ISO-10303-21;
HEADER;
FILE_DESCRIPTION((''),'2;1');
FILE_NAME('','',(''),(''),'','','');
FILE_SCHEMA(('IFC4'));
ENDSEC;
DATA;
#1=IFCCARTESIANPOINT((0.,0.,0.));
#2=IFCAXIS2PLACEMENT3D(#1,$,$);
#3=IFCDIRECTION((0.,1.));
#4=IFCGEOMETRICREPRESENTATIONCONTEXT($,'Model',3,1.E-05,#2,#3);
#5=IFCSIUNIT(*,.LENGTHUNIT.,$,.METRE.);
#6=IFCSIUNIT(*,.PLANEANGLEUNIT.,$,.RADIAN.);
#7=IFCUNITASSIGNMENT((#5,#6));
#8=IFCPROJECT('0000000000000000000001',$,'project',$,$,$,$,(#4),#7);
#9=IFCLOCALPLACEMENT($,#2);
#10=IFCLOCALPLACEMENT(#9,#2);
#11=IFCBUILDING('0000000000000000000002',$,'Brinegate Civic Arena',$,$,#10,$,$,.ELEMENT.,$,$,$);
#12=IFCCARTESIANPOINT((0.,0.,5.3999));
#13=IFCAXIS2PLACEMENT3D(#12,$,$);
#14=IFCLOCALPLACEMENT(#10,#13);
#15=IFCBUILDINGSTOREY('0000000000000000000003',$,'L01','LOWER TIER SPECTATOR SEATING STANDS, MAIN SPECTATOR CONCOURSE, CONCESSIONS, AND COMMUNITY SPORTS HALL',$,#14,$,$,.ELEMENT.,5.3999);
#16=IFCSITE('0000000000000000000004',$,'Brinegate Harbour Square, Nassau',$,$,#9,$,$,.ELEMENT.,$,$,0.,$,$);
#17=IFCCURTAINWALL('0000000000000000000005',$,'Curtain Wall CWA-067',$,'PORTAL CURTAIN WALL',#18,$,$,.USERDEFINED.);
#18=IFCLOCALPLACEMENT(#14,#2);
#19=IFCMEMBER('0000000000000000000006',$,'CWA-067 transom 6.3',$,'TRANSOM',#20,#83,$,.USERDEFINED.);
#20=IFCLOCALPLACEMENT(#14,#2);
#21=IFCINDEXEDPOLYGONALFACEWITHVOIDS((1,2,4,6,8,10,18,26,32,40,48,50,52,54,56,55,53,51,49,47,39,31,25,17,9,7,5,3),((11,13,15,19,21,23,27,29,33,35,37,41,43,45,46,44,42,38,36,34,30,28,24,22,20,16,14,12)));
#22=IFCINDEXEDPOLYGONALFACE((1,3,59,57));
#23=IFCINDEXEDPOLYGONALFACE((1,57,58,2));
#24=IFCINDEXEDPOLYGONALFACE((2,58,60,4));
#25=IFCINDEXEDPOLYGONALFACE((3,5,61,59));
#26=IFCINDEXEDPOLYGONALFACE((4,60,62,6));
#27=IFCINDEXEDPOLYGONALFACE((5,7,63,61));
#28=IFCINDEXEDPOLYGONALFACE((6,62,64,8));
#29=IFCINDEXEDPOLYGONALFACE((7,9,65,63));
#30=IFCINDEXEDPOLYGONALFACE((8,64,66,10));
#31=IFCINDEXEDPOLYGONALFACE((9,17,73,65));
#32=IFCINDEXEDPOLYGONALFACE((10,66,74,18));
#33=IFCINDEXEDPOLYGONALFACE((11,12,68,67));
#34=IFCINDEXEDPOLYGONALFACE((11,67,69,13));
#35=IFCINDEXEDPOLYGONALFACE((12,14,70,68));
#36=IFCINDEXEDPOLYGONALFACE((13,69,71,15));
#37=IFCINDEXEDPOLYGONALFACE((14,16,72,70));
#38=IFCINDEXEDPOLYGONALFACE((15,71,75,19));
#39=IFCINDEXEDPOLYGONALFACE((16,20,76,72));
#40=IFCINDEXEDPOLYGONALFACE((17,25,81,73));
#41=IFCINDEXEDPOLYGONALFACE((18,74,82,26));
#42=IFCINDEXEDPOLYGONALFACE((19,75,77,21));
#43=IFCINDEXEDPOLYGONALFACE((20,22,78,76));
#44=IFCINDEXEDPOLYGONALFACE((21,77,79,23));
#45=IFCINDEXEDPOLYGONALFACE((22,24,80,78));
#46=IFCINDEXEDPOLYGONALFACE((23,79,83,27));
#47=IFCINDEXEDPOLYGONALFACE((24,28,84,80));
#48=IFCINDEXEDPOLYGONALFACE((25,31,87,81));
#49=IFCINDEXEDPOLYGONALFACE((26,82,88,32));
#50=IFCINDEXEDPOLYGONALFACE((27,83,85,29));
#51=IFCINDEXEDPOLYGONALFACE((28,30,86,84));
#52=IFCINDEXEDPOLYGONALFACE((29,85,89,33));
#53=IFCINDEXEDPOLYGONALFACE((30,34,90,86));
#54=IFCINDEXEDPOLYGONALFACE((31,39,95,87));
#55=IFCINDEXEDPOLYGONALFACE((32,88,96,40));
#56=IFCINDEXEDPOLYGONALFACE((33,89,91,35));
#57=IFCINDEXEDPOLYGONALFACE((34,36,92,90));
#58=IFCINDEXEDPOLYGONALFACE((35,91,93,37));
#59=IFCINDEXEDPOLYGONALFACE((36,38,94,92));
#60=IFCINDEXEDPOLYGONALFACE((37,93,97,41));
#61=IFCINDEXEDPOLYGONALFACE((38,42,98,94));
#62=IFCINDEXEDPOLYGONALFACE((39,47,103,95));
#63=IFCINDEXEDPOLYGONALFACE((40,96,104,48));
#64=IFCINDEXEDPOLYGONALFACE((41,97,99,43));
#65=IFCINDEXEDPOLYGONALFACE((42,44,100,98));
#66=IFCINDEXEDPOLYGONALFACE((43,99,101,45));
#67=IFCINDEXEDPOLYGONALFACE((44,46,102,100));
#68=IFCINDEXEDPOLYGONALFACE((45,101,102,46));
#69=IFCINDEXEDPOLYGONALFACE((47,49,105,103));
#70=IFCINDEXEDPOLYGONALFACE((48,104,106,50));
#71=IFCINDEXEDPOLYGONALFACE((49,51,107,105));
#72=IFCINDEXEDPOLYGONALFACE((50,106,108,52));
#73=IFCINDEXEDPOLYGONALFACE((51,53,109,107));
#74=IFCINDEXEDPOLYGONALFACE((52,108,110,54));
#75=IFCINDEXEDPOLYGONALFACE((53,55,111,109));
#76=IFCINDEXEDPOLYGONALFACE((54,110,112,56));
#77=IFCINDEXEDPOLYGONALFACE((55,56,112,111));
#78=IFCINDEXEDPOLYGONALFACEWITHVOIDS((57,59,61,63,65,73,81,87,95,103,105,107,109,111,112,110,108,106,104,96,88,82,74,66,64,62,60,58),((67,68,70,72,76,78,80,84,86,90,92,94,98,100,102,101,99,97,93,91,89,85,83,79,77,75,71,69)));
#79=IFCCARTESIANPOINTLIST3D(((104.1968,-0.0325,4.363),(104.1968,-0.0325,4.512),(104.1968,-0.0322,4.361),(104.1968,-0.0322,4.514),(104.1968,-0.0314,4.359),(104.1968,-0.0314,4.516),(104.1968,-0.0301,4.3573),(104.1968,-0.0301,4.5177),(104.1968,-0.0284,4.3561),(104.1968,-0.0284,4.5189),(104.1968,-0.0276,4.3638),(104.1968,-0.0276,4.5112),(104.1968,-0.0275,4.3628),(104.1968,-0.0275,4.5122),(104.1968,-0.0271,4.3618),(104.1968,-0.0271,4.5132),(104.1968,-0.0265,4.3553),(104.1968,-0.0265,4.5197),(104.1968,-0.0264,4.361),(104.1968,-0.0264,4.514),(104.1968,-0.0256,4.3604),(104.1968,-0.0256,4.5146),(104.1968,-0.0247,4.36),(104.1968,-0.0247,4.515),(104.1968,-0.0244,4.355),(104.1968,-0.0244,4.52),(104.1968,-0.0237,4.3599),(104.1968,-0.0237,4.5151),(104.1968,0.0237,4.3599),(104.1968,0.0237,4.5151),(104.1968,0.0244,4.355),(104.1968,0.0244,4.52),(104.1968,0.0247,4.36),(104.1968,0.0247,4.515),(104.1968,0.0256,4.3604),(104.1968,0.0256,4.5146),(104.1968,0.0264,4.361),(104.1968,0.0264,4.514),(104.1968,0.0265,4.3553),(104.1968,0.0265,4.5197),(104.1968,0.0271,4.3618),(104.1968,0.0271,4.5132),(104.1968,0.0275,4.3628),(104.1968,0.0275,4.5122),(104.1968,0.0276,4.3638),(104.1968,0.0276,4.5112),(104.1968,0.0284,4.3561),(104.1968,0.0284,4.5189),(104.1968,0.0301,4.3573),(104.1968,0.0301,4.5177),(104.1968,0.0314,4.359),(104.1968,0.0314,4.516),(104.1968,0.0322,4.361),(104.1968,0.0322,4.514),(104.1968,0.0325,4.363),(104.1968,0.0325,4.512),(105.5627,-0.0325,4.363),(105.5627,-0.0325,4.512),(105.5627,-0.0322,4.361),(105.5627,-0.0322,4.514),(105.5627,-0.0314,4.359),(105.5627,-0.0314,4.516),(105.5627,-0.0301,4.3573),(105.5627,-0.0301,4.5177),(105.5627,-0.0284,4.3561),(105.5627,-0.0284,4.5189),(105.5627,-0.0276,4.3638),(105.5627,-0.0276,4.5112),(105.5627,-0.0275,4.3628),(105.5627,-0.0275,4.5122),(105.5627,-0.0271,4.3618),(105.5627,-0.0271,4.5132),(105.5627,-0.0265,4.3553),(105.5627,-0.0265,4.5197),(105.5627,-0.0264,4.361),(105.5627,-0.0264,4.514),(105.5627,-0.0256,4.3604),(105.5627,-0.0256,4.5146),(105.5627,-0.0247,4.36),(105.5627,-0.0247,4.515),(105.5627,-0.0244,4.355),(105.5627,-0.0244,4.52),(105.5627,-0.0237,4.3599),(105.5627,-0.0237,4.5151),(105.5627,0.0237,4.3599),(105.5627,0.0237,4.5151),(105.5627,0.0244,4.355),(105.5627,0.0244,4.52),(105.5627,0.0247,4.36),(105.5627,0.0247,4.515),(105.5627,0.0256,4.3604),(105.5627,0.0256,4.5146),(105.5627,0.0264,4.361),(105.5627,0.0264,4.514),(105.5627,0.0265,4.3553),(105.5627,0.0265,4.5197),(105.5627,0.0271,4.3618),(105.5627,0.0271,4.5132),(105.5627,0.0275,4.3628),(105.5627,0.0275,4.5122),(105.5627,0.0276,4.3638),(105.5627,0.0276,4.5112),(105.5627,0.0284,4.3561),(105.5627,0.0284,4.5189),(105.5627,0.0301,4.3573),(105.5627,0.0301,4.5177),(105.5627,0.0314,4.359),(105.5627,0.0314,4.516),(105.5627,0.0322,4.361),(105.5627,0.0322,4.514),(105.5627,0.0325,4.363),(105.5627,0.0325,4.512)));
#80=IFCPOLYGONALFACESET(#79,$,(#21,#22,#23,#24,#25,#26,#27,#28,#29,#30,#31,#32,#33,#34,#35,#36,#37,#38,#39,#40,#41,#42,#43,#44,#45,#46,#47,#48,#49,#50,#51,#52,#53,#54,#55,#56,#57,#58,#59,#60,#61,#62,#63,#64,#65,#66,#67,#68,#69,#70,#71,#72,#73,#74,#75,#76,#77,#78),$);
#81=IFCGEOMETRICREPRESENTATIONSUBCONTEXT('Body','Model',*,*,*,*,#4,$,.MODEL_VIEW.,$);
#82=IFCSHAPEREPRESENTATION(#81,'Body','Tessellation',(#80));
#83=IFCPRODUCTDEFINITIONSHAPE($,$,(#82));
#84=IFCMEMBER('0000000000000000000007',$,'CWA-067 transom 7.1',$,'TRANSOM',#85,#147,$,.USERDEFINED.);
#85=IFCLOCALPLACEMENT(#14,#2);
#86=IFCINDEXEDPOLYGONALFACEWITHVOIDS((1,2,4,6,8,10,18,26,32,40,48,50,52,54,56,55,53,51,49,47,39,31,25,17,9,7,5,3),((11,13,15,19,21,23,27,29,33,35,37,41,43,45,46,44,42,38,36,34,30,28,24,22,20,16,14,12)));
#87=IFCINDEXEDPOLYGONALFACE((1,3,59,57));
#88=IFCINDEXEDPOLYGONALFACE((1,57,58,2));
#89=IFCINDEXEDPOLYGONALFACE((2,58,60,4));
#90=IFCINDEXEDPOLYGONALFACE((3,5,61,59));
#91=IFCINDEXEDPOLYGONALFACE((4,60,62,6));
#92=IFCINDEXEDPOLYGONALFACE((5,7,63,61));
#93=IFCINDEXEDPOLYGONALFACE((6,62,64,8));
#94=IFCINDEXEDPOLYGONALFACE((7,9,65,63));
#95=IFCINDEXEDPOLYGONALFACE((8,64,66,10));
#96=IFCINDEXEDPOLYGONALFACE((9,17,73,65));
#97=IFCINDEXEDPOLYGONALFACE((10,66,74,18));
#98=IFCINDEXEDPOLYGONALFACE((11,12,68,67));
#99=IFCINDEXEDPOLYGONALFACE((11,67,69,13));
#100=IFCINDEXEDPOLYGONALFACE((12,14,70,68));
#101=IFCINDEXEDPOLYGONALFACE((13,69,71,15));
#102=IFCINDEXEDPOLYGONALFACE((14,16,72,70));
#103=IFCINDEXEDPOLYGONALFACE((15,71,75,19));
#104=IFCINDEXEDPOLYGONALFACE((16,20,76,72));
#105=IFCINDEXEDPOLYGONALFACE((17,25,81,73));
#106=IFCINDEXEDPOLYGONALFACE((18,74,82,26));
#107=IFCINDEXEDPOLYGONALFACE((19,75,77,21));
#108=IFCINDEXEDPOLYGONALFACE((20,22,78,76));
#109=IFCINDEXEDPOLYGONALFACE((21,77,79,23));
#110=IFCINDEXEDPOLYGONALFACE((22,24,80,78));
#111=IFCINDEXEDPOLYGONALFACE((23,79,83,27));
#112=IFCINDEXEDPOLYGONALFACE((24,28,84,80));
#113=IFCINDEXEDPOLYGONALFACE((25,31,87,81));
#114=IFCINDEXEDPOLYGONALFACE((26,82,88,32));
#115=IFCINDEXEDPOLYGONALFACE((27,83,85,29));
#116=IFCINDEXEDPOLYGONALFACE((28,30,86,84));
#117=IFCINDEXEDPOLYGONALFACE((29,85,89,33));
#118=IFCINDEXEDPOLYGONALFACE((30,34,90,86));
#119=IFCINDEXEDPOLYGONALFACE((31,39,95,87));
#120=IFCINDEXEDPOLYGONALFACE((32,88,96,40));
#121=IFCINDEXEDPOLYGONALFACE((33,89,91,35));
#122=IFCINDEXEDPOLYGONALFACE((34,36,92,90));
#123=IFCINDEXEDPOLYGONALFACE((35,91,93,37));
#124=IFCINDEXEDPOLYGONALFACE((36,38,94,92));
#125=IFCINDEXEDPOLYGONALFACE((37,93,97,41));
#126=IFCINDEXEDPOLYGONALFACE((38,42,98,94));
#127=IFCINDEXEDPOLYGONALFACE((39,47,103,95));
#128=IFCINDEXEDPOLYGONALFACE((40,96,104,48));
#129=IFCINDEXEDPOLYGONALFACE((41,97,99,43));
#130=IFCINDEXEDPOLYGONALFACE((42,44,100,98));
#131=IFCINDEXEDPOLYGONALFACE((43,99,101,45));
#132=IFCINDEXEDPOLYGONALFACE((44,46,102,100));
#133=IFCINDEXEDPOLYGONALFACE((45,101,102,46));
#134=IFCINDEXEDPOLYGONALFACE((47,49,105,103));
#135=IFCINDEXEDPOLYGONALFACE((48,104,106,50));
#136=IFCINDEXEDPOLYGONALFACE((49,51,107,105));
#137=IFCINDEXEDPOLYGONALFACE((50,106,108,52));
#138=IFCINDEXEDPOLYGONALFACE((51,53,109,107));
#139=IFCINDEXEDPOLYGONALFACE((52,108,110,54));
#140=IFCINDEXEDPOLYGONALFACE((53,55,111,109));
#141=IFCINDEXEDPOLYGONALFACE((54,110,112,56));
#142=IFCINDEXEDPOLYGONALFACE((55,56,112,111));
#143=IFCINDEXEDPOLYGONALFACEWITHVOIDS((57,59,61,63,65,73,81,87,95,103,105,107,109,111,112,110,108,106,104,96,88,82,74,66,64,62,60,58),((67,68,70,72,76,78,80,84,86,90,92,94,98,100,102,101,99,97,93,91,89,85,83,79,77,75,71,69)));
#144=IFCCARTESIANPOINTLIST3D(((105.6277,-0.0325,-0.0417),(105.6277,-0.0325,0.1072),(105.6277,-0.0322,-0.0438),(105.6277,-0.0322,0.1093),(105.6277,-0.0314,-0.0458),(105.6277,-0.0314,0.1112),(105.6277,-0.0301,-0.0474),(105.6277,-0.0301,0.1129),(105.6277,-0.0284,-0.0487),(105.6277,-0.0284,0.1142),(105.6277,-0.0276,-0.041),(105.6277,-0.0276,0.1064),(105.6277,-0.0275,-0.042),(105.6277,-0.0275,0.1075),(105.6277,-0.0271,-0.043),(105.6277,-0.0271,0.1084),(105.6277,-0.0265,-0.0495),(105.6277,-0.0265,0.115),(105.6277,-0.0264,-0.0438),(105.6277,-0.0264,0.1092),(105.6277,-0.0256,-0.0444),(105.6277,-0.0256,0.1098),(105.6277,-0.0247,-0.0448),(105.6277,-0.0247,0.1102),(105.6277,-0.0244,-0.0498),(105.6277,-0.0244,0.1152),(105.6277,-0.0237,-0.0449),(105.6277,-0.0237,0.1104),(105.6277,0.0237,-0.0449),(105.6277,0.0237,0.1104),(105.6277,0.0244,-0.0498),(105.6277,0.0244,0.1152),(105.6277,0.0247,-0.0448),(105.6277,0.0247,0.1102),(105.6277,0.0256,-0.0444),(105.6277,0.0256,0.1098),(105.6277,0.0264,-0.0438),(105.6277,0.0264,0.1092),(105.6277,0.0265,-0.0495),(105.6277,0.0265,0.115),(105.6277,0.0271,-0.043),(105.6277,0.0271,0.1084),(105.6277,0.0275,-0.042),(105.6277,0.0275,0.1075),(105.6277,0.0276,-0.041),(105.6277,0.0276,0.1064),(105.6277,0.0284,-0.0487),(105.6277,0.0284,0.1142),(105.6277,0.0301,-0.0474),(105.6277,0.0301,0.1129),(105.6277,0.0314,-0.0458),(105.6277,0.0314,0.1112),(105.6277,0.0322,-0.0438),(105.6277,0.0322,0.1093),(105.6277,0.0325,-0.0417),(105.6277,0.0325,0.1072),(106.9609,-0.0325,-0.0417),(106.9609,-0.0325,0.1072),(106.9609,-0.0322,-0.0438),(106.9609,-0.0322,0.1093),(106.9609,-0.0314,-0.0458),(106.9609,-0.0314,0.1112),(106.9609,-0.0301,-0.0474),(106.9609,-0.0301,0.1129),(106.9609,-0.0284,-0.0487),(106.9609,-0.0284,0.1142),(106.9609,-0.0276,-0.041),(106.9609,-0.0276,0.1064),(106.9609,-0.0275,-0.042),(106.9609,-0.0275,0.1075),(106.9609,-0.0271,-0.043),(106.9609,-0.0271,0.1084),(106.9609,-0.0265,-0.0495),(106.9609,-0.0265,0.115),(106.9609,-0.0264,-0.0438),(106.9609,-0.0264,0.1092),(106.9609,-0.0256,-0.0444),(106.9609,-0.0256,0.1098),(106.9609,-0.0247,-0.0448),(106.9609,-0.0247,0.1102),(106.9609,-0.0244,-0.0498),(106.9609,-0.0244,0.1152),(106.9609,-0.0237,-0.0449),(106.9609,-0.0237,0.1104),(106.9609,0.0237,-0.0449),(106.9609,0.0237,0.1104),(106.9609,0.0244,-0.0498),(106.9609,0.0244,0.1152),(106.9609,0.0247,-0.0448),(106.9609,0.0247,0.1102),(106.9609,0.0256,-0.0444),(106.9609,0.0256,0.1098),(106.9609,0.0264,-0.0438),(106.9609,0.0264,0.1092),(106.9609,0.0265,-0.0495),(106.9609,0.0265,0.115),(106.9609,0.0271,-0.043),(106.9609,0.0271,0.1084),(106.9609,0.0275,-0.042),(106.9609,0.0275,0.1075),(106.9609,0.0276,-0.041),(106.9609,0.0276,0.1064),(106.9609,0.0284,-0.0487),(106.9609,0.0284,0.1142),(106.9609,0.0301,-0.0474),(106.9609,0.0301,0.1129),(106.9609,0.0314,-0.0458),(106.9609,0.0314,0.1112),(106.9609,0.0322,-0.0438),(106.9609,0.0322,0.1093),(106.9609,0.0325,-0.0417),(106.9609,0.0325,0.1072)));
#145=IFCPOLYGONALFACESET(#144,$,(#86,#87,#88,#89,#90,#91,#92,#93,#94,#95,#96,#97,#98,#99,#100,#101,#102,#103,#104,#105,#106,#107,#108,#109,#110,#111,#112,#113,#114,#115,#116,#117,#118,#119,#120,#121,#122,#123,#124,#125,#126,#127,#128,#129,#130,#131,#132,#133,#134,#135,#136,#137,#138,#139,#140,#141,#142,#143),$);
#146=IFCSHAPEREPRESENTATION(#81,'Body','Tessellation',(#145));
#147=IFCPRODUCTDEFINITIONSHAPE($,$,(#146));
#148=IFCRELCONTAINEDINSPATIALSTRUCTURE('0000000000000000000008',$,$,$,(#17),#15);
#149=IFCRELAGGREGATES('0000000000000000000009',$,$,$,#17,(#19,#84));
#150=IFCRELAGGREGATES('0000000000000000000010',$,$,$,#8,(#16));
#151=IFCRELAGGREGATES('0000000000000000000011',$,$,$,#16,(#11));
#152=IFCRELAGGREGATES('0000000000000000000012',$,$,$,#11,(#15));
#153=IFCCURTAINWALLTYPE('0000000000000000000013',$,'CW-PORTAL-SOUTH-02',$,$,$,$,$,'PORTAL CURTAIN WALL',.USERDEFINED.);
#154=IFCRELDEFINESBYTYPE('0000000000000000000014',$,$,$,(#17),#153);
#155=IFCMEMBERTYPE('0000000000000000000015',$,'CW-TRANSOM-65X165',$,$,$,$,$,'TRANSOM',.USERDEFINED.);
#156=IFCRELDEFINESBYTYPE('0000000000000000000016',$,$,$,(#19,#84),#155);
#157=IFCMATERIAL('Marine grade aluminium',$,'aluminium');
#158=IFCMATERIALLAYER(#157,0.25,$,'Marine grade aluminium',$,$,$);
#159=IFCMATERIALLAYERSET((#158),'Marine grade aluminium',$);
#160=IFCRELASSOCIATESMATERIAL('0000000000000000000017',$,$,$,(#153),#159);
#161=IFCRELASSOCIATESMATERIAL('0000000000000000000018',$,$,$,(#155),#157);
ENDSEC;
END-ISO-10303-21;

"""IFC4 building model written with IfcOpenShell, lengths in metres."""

from ifc_helpers import new_model, si_unit, direction, frame, origin, origin_2d, place, context, subcontext, project, spatial, hollow_rectangle, extrude, material, layer, layer_set, material_profile, profile_set, type_object, element, aggregate, save


model = new_model("IFC4")

# Units and contexts
model_context = context("Model", 3, precision=1e-05, world=origin(), true_north=direction((0.0, 1.0)))
body_context = subcontext(model_context, "Body", "Model", "MODEL_VIEW")
ifc_project = project(units=[si_unit("LENGTHUNIT", "METRE"), si_unit("PLANEANGLEUNIT", "RADIAN")], contexts=[model_context])

# Site, building, storey
site_placement = place(None, origin())
site = spatial("IfcSite", under=ifc_project, at=site_placement, Name="Brinegate Harbour Square, Nassau", CompositionType="ELEMENT", RefElevation=0.0)
building_placement = place(site_placement, origin())
building = spatial("IfcBuilding", under=site, at=building_placement, Name="Brinegate Civic Arena", CompositionType="ELEMENT")
storey_placement = place(building_placement, frame((0.0, 0.0, 5.3999)))
storey = spatial("IfcBuildingStorey", under=building, at=storey_placement, Name="L01", Description="LOWER TIER SPECTATOR SEATING STANDS, MAIN SPECTATOR CONCOURSE, CONCESSIONS, AND COMMUNITY SPORTS HALL", CompositionType="ELEMENT", Elevation=5.3999)

# Curtain wall, members
ifc_material_1 = material(Name="Marine grade aluminium", Category="aluminium")
ifc_layer_1 = layer(ifc_material_1, 0.25, Name="Marine grade aluminium")
ifc_layer_set_1 = layer_set([ifc_layer_1], Name="Marine grade aluminium")
curtain_wall_type = type_object("IfcCurtainWallType", Name="CW-PORTAL-SOUTH-02", ElementType="PORTAL CURTAIN WALL", PredefinedType="USERDEFINED", material=ifc_layer_set_1)
curtain_wall_placement = place(storey_placement, origin())
curtain_wall = element("IfcCurtainWall", 1, at=curtain_wall_placement, inside=storey, type_object=curtain_wall_type, Name="Curtain Wall CWA-067", ObjectType="PORTAL CURTAIN WALL", PredefinedType="USERDEFINED")
ifc_material_profile_1 = material_profile(ifc_material_1, hollow_rectangle(XDim=0.0649, YDim=0.165, WallThickness=0.0049, InnerFilletRadius=0.0039, OuterFilletRadius=0.0081, at=origin_2d()), Name="TRN65X165")
ifc_profile_set_1 = profile_set([ifc_material_profile_1], Name="Marine grade aluminium")
member_type_1 = type_object("IfcMemberType", Name="CW-TRANSOM-65X165", ElementType="TRANSOM", PredefinedType="USERDEFINED", material=ifc_profile_set_1)
member_1_placement = place(storey_placement, frame((104.1968, 0.0, 4.4375), z_axis=(1.0, 0.0, 0.0), x_axis=(0.0, 1.0, 0.0)))
member_1 = element("IfcMember", 2, at=member_1_placement, type_object=member_type_1, Name="CWA-067 transom 6.3", ObjectType="TRANSOM", PredefinedType="USERDEFINED", context=body_context, shape_type="SweptSolid", body=[
    extrude(hollow_rectangle(XDim=0.0649, YDim=0.165, WallThickness=0.0049, InnerFilletRadius=0.0039, OuterFilletRadius=0.0081, at=origin_2d()), origin(), (0.0, 0.0, 1.0), 1.366),
])
member_2_placement = place(storey_placement, frame((105.6277, 0.0, 0.0327), z_axis=(1.0, 0.0, 0.0), x_axis=(0.0, 1.0, 0.0)))
member_2 = element("IfcMember", 3, at=member_2_placement, type_object=member_type_1, Name="CWA-067 transom 7.1", ObjectType="TRANSOM", PredefinedType="USERDEFINED", context=body_context, shape_type="SweptSolid", body=[
    extrude(hollow_rectangle(XDim=0.0649, YDim=0.165, WallThickness=0.0049, InnerFilletRadius=0.0039, OuterFilletRadius=0.0081, at=origin_2d()), origin(), (0.0, 0.0, 1.0), 1.3333),
])
aggregate(curtain_wall, [member_1, member_2])

save(model, "model.ifc")
